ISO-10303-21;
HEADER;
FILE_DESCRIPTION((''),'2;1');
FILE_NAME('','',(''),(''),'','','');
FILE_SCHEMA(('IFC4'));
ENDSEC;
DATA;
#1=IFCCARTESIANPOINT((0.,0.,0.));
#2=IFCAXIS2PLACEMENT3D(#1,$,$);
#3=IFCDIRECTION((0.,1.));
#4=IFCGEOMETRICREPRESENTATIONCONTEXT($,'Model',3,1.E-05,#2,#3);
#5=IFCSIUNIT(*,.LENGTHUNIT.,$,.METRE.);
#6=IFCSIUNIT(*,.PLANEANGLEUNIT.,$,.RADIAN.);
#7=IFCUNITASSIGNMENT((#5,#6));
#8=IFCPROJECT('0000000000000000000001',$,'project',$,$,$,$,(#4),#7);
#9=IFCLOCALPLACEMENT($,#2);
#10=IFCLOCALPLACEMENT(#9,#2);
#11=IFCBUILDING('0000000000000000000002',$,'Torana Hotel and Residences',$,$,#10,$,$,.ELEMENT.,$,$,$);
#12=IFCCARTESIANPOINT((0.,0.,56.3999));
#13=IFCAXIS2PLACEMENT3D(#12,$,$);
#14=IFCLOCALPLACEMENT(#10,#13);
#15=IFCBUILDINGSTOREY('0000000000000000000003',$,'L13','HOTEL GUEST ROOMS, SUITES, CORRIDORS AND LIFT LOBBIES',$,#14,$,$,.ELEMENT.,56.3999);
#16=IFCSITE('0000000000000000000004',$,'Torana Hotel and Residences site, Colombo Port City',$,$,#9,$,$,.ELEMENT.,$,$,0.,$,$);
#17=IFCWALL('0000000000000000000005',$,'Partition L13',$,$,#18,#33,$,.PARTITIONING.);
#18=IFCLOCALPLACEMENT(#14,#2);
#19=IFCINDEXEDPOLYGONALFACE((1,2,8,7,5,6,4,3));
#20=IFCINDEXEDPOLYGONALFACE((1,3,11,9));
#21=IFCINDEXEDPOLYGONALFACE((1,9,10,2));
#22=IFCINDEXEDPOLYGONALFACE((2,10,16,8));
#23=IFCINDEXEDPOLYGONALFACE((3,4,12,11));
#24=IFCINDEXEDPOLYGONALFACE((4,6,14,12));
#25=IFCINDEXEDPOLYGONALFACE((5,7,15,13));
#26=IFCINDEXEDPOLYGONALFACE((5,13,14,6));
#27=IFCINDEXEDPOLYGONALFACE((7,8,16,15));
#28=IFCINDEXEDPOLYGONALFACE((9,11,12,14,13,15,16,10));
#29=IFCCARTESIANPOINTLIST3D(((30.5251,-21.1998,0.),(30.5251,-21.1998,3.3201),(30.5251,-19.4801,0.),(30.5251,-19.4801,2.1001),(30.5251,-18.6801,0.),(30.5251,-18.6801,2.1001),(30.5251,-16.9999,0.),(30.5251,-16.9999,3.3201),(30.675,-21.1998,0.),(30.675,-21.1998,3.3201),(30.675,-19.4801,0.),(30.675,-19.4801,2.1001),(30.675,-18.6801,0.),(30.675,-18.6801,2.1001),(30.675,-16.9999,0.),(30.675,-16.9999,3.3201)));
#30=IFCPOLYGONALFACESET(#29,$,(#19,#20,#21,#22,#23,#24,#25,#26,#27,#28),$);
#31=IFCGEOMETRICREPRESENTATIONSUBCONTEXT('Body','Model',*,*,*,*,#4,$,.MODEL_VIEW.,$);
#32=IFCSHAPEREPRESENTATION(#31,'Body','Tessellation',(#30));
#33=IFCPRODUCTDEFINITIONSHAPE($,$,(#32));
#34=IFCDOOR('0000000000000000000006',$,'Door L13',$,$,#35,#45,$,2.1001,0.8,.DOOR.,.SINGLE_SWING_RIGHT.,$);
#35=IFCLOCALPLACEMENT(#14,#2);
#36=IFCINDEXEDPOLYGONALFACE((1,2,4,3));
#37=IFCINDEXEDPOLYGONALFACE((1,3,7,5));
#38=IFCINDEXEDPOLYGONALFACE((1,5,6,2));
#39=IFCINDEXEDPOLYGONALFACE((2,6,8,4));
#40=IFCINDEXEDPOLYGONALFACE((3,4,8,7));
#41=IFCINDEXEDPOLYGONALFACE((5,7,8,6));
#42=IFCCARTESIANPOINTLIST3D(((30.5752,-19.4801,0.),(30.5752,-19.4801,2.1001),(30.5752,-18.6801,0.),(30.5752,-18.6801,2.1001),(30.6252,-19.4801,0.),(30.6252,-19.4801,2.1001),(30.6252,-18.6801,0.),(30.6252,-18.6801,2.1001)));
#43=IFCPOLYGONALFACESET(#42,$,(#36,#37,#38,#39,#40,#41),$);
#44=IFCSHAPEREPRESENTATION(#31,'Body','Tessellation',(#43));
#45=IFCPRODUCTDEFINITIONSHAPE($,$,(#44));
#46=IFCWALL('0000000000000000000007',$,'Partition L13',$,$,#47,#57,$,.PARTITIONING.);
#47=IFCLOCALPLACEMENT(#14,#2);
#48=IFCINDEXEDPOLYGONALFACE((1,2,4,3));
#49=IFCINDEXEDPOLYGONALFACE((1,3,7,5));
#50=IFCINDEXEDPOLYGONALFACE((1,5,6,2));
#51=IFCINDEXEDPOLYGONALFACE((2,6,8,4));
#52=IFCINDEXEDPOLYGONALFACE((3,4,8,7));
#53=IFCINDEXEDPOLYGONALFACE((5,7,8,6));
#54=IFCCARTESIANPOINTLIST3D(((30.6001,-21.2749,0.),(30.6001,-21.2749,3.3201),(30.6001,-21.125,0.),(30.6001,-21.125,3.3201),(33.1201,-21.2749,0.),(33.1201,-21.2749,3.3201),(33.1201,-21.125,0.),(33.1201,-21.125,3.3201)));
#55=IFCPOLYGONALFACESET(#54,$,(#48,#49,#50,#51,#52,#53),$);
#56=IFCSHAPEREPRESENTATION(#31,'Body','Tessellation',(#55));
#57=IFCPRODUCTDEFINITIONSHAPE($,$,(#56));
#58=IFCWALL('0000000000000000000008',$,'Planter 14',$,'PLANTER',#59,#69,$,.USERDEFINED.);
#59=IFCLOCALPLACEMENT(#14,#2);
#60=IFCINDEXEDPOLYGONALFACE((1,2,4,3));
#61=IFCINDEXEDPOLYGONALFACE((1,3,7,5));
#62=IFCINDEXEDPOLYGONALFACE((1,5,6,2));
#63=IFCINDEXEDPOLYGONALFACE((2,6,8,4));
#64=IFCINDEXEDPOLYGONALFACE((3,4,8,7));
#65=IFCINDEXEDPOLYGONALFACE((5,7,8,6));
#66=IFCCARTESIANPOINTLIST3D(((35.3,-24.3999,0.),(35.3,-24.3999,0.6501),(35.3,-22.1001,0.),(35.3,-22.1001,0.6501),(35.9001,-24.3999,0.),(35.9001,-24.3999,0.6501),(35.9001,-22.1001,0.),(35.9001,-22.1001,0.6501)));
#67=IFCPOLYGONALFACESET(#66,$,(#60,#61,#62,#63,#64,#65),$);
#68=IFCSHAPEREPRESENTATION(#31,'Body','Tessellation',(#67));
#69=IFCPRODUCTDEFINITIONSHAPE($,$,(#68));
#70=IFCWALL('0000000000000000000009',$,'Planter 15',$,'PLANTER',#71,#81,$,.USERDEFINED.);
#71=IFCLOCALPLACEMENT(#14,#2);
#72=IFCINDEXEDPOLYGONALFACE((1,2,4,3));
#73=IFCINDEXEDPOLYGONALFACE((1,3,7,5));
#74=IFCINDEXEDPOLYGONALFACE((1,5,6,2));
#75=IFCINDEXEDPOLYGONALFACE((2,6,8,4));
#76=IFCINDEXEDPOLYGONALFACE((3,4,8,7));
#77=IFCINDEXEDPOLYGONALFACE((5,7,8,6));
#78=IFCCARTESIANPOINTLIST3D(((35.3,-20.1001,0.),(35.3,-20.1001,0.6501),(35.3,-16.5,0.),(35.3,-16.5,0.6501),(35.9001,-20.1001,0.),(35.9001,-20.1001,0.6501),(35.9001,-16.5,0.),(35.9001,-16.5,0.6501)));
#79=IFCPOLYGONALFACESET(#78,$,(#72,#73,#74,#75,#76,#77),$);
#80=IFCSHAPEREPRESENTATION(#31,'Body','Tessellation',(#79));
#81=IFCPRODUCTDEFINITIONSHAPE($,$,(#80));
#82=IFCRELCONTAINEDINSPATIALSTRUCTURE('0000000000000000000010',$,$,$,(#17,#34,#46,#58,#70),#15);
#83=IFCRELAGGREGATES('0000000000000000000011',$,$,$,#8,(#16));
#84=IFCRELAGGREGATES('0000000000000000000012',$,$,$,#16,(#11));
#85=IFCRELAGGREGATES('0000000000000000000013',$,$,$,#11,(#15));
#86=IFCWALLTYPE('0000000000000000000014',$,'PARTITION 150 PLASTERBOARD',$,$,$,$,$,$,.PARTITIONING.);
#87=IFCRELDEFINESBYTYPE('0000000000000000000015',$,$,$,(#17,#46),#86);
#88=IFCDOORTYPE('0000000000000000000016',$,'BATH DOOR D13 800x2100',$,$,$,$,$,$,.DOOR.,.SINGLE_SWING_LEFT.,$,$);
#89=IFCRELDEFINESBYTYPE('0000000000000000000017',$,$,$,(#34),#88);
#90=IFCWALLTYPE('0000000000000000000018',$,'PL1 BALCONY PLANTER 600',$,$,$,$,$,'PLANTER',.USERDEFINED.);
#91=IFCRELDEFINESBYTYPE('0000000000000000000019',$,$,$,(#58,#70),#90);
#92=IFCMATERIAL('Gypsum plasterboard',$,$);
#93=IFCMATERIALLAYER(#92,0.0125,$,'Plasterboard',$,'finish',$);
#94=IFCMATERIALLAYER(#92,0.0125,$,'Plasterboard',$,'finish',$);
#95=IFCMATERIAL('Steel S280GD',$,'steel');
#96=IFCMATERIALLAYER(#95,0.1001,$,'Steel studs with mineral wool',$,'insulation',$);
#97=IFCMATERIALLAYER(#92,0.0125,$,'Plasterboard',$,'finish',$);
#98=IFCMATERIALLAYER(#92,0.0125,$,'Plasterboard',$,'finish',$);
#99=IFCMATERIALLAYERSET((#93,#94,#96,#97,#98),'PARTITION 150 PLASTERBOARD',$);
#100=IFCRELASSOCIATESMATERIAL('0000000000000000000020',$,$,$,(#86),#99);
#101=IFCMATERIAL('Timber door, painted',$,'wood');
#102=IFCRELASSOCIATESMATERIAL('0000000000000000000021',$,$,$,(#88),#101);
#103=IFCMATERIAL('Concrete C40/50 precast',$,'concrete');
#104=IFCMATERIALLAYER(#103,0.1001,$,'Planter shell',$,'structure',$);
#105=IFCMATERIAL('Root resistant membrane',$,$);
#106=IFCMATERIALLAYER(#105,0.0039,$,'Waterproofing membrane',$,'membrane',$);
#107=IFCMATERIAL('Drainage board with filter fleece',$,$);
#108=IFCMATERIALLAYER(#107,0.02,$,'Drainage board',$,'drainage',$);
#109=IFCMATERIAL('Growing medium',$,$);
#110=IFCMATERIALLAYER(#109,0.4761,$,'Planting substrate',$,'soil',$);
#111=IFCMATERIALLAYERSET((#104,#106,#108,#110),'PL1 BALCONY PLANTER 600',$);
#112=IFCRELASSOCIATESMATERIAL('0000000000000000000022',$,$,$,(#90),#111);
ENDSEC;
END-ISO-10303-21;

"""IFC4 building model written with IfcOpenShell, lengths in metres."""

from ifc_helpers import new_model, si_unit, direction, frame, frame_2d, origin, place, context, subcontext, project, spatial, rectangle, extrude, material, layer, layer_set, type_object, element, fill, save


model = new_model("IFC4")

# Units and contexts
model_context = context("Model", 3, precision=1e-05, world=origin(), true_north=direction((0.0, 1.0)))
body_context = subcontext(model_context, "Body", "Model", "MODEL_VIEW")
ifc_project = project(units=[si_unit("LENGTHUNIT", "METRE"), si_unit("PLANEANGLEUNIT", "RADIAN")], contexts=[model_context])

# Site, building, storey
site_placement = place(None, origin())
site = spatial("IfcSite", under=ifc_project, at=site_placement, Name="Torana Hotel and Residences site, Colombo Port City", CompositionType="ELEMENT", RefElevation=0.0)
building_placement = place(site_placement, origin())
building = spatial("IfcBuilding", under=site, at=building_placement, Name="Torana Hotel and Residences", CompositionType="ELEMENT")
storey_placement = place(building_placement, frame((0.0, 0.0, 56.3999)))
storey = spatial("IfcBuildingStorey", under=building, at=storey_placement, Name="L13", Description="HOTEL GUEST ROOMS, SUITES, CORRIDORS AND LIFT LOBBIES", CompositionType="ELEMENT", Elevation=56.3999)

# Shared definitions
ifc_material_1 = material(Name="Steel S280GD", Category="steel")

# Wall, opening, door
ifc_material_2 = material(Name="Gypsum plasterboard")
ifc_layer_1 = layer(ifc_material_2, 0.0125, Name="Plasterboard", Category="finish")
ifc_layer_2 = layer(ifc_material_2, 0.0125, Name="Plasterboard", Category="finish")
ifc_layer_3 = layer(ifc_material_1, 0.1001, Name="Steel studs with mineral wool", Category="insulation")
ifc_layer_4 = layer(ifc_material_2, 0.0125, Name="Plasterboard", Category="finish")
ifc_layer_5 = layer(ifc_material_2, 0.0125, Name="Plasterboard", Category="finish")
ifc_layer_set_1 = layer_set([ifc_layer_1, ifc_layer_2, ifc_layer_3, ifc_layer_4, ifc_layer_5], Name="PARTITION 150 PLASTERBOARD")
wall_type_1 = type_object("IfcWallType", Name="PARTITION 150 PLASTERBOARD", PredefinedType="PARTITIONING", material=ifc_layer_set_1)
wall_1_placement = place(storey_placement, frame((30.6001, -21.2, 0.0), z_axis=(0.0, 0.0, 1.0), x_axis=(0.0, 1.0, 0.0)))
wall_1 = element("IfcWall", 1, at=wall_1_placement, inside=storey, type_object=wall_type_1, Name="Partition L13", PredefinedType="PARTITIONING", context=body_context, shape_type="SweptSolid", body=[
    extrude(rectangle(XDim=4.2, YDim=0.1499, at=frame_2d((2.1001, 0.0))), origin(), (0.0, 0.0, 1.0), 3.3201),
])
opening_1_placement = place(wall_1_placement, frame((1.72, 0.0, 0.0)))
opening_1 = element("IfcOpeningElement", 2, at=opening_1_placement, cuts=wall_1, PredefinedType="OPENING", context=body_context, shape_type="SweptSolid", body=[
    extrude(rectangle(XDim=0.8, YDim=2.1001, at=frame_2d((0.3999, 1.05))), frame((0.0, 0.085, 0.0), z_axis=(0.0, -1.0, 0.0), x_axis=(1.0, 0.0, 0.0)), (0.0, 0.0, 1.0), 0.1699),
])
ifc_material_3 = material(Name="Timber door, painted", Category="wood")
door_type_1 = type_object("IfcDoorType", Name="BATH DOOR D13 800x2100", OperationType="SINGLE_SWING_LEFT", PredefinedType="DOOR", material=ifc_material_3)
door_1_placement = place(opening_1_placement, origin())
door_1 = element("IfcDoor", 3, at=door_1_placement, inside=storey, type_object=door_type_1, Name="Door L13", OperationType="SINGLE_SWING_RIGHT", OverallHeight=2.1001, OverallWidth=0.8, PredefinedType="DOOR", context=body_context, shape_type="SweptSolid", body=[
    extrude(rectangle(XDim=0.8, YDim=2.1001, at=frame_2d((0.3999, 1.05))), frame((0.0, 0.0249, 0.0), z_axis=(0.0, -1.0, 0.0), x_axis=(1.0, 0.0, 0.0)), (0.0, 0.0, 1.0), 0.05),
])
fill(opening_1, door_1)

# Walls
wall_2_placement = place(storey_placement, frame((30.6001, -21.2, 0.0), z_axis=(0.0, 0.0, 1.0), x_axis=(1.0, 0.0, 0.0)))
element("IfcWall", 4, at=wall_2_placement, inside=storey, type_object=wall_type_1, Name="Partition L13", PredefinedType="PARTITIONING", context=body_context, shape_type="SweptSolid", body=[
    extrude(rectangle(XDim=2.52, YDim=0.1499, at=frame_2d((1.26, 0.0))), origin(), (0.0, 0.0, 1.0), 3.3201),
])
ifc_material_4 = material(Name="Concrete C40/50 precast", Category="concrete")
ifc_layer_6 = layer(ifc_material_4, 0.1001, Name="Planter shell", Category="structure")
ifc_material_5 = material(Name="Root resistant membrane")
ifc_layer_7 = layer(ifc_material_5, 0.0039, Name="Waterproofing membrane", Category="membrane")
ifc_material_6 = material(Name="Drainage board with filter fleece")
ifc_layer_8 = layer(ifc_material_6, 0.02, Name="Drainage board", Category="drainage")
ifc_material_7 = material(Name="Growing medium")
ifc_layer_9 = layer(ifc_material_7, 0.4761, Name="Planting substrate", Category="soil")
ifc_layer_set_2 = layer_set([ifc_layer_6, ifc_layer_7, ifc_layer_8, ifc_layer_9], Name="PL1 BALCONY PLANTER 600")
wall_type_2 = type_object("IfcWallType", Name="PL1 BALCONY PLANTER 600", ElementType="PLANTER", PredefinedType="USERDEFINED", material=ifc_layer_set_2)
wall_3_placement = place(storey_placement, frame((35.6001, -22.1001, 0.0), z_axis=(0.0, 0.0, 1.0), x_axis=(0.0, -1.0, 0.0)))
element("IfcWall", 5, at=wall_3_placement, inside=storey, type_object=wall_type_2, Name="Planter 14", ObjectType="PLANTER", PredefinedType="USERDEFINED", context=body_context, shape_type="SweptSolid", body=[
    extrude(rectangle(XDim=2.2998, YDim=0.6001, at=frame_2d((1.1499, 0.0))), origin(), (0.0, 0.0, 1.0), 0.6501),
])
wall_4_placement = place(storey_placement, frame((35.6001, -16.5, 0.0), z_axis=(0.0, 0.0, 1.0), x_axis=(0.0, -1.0, 0.0)))
element("IfcWall", 6, at=wall_4_placement, inside=storey, type_object=wall_type_2, Name="Planter 15", ObjectType="PLANTER", PredefinedType="USERDEFINED", context=body_context, shape_type="SweptSolid", body=[
    extrude(rectangle(XDim=3.6001, YDim=0.6001, at=frame_2d((1.8, 0.0))), origin(), (0.0, 0.0, 1.0), 0.6501),
])

save(model, "model.ifc")
